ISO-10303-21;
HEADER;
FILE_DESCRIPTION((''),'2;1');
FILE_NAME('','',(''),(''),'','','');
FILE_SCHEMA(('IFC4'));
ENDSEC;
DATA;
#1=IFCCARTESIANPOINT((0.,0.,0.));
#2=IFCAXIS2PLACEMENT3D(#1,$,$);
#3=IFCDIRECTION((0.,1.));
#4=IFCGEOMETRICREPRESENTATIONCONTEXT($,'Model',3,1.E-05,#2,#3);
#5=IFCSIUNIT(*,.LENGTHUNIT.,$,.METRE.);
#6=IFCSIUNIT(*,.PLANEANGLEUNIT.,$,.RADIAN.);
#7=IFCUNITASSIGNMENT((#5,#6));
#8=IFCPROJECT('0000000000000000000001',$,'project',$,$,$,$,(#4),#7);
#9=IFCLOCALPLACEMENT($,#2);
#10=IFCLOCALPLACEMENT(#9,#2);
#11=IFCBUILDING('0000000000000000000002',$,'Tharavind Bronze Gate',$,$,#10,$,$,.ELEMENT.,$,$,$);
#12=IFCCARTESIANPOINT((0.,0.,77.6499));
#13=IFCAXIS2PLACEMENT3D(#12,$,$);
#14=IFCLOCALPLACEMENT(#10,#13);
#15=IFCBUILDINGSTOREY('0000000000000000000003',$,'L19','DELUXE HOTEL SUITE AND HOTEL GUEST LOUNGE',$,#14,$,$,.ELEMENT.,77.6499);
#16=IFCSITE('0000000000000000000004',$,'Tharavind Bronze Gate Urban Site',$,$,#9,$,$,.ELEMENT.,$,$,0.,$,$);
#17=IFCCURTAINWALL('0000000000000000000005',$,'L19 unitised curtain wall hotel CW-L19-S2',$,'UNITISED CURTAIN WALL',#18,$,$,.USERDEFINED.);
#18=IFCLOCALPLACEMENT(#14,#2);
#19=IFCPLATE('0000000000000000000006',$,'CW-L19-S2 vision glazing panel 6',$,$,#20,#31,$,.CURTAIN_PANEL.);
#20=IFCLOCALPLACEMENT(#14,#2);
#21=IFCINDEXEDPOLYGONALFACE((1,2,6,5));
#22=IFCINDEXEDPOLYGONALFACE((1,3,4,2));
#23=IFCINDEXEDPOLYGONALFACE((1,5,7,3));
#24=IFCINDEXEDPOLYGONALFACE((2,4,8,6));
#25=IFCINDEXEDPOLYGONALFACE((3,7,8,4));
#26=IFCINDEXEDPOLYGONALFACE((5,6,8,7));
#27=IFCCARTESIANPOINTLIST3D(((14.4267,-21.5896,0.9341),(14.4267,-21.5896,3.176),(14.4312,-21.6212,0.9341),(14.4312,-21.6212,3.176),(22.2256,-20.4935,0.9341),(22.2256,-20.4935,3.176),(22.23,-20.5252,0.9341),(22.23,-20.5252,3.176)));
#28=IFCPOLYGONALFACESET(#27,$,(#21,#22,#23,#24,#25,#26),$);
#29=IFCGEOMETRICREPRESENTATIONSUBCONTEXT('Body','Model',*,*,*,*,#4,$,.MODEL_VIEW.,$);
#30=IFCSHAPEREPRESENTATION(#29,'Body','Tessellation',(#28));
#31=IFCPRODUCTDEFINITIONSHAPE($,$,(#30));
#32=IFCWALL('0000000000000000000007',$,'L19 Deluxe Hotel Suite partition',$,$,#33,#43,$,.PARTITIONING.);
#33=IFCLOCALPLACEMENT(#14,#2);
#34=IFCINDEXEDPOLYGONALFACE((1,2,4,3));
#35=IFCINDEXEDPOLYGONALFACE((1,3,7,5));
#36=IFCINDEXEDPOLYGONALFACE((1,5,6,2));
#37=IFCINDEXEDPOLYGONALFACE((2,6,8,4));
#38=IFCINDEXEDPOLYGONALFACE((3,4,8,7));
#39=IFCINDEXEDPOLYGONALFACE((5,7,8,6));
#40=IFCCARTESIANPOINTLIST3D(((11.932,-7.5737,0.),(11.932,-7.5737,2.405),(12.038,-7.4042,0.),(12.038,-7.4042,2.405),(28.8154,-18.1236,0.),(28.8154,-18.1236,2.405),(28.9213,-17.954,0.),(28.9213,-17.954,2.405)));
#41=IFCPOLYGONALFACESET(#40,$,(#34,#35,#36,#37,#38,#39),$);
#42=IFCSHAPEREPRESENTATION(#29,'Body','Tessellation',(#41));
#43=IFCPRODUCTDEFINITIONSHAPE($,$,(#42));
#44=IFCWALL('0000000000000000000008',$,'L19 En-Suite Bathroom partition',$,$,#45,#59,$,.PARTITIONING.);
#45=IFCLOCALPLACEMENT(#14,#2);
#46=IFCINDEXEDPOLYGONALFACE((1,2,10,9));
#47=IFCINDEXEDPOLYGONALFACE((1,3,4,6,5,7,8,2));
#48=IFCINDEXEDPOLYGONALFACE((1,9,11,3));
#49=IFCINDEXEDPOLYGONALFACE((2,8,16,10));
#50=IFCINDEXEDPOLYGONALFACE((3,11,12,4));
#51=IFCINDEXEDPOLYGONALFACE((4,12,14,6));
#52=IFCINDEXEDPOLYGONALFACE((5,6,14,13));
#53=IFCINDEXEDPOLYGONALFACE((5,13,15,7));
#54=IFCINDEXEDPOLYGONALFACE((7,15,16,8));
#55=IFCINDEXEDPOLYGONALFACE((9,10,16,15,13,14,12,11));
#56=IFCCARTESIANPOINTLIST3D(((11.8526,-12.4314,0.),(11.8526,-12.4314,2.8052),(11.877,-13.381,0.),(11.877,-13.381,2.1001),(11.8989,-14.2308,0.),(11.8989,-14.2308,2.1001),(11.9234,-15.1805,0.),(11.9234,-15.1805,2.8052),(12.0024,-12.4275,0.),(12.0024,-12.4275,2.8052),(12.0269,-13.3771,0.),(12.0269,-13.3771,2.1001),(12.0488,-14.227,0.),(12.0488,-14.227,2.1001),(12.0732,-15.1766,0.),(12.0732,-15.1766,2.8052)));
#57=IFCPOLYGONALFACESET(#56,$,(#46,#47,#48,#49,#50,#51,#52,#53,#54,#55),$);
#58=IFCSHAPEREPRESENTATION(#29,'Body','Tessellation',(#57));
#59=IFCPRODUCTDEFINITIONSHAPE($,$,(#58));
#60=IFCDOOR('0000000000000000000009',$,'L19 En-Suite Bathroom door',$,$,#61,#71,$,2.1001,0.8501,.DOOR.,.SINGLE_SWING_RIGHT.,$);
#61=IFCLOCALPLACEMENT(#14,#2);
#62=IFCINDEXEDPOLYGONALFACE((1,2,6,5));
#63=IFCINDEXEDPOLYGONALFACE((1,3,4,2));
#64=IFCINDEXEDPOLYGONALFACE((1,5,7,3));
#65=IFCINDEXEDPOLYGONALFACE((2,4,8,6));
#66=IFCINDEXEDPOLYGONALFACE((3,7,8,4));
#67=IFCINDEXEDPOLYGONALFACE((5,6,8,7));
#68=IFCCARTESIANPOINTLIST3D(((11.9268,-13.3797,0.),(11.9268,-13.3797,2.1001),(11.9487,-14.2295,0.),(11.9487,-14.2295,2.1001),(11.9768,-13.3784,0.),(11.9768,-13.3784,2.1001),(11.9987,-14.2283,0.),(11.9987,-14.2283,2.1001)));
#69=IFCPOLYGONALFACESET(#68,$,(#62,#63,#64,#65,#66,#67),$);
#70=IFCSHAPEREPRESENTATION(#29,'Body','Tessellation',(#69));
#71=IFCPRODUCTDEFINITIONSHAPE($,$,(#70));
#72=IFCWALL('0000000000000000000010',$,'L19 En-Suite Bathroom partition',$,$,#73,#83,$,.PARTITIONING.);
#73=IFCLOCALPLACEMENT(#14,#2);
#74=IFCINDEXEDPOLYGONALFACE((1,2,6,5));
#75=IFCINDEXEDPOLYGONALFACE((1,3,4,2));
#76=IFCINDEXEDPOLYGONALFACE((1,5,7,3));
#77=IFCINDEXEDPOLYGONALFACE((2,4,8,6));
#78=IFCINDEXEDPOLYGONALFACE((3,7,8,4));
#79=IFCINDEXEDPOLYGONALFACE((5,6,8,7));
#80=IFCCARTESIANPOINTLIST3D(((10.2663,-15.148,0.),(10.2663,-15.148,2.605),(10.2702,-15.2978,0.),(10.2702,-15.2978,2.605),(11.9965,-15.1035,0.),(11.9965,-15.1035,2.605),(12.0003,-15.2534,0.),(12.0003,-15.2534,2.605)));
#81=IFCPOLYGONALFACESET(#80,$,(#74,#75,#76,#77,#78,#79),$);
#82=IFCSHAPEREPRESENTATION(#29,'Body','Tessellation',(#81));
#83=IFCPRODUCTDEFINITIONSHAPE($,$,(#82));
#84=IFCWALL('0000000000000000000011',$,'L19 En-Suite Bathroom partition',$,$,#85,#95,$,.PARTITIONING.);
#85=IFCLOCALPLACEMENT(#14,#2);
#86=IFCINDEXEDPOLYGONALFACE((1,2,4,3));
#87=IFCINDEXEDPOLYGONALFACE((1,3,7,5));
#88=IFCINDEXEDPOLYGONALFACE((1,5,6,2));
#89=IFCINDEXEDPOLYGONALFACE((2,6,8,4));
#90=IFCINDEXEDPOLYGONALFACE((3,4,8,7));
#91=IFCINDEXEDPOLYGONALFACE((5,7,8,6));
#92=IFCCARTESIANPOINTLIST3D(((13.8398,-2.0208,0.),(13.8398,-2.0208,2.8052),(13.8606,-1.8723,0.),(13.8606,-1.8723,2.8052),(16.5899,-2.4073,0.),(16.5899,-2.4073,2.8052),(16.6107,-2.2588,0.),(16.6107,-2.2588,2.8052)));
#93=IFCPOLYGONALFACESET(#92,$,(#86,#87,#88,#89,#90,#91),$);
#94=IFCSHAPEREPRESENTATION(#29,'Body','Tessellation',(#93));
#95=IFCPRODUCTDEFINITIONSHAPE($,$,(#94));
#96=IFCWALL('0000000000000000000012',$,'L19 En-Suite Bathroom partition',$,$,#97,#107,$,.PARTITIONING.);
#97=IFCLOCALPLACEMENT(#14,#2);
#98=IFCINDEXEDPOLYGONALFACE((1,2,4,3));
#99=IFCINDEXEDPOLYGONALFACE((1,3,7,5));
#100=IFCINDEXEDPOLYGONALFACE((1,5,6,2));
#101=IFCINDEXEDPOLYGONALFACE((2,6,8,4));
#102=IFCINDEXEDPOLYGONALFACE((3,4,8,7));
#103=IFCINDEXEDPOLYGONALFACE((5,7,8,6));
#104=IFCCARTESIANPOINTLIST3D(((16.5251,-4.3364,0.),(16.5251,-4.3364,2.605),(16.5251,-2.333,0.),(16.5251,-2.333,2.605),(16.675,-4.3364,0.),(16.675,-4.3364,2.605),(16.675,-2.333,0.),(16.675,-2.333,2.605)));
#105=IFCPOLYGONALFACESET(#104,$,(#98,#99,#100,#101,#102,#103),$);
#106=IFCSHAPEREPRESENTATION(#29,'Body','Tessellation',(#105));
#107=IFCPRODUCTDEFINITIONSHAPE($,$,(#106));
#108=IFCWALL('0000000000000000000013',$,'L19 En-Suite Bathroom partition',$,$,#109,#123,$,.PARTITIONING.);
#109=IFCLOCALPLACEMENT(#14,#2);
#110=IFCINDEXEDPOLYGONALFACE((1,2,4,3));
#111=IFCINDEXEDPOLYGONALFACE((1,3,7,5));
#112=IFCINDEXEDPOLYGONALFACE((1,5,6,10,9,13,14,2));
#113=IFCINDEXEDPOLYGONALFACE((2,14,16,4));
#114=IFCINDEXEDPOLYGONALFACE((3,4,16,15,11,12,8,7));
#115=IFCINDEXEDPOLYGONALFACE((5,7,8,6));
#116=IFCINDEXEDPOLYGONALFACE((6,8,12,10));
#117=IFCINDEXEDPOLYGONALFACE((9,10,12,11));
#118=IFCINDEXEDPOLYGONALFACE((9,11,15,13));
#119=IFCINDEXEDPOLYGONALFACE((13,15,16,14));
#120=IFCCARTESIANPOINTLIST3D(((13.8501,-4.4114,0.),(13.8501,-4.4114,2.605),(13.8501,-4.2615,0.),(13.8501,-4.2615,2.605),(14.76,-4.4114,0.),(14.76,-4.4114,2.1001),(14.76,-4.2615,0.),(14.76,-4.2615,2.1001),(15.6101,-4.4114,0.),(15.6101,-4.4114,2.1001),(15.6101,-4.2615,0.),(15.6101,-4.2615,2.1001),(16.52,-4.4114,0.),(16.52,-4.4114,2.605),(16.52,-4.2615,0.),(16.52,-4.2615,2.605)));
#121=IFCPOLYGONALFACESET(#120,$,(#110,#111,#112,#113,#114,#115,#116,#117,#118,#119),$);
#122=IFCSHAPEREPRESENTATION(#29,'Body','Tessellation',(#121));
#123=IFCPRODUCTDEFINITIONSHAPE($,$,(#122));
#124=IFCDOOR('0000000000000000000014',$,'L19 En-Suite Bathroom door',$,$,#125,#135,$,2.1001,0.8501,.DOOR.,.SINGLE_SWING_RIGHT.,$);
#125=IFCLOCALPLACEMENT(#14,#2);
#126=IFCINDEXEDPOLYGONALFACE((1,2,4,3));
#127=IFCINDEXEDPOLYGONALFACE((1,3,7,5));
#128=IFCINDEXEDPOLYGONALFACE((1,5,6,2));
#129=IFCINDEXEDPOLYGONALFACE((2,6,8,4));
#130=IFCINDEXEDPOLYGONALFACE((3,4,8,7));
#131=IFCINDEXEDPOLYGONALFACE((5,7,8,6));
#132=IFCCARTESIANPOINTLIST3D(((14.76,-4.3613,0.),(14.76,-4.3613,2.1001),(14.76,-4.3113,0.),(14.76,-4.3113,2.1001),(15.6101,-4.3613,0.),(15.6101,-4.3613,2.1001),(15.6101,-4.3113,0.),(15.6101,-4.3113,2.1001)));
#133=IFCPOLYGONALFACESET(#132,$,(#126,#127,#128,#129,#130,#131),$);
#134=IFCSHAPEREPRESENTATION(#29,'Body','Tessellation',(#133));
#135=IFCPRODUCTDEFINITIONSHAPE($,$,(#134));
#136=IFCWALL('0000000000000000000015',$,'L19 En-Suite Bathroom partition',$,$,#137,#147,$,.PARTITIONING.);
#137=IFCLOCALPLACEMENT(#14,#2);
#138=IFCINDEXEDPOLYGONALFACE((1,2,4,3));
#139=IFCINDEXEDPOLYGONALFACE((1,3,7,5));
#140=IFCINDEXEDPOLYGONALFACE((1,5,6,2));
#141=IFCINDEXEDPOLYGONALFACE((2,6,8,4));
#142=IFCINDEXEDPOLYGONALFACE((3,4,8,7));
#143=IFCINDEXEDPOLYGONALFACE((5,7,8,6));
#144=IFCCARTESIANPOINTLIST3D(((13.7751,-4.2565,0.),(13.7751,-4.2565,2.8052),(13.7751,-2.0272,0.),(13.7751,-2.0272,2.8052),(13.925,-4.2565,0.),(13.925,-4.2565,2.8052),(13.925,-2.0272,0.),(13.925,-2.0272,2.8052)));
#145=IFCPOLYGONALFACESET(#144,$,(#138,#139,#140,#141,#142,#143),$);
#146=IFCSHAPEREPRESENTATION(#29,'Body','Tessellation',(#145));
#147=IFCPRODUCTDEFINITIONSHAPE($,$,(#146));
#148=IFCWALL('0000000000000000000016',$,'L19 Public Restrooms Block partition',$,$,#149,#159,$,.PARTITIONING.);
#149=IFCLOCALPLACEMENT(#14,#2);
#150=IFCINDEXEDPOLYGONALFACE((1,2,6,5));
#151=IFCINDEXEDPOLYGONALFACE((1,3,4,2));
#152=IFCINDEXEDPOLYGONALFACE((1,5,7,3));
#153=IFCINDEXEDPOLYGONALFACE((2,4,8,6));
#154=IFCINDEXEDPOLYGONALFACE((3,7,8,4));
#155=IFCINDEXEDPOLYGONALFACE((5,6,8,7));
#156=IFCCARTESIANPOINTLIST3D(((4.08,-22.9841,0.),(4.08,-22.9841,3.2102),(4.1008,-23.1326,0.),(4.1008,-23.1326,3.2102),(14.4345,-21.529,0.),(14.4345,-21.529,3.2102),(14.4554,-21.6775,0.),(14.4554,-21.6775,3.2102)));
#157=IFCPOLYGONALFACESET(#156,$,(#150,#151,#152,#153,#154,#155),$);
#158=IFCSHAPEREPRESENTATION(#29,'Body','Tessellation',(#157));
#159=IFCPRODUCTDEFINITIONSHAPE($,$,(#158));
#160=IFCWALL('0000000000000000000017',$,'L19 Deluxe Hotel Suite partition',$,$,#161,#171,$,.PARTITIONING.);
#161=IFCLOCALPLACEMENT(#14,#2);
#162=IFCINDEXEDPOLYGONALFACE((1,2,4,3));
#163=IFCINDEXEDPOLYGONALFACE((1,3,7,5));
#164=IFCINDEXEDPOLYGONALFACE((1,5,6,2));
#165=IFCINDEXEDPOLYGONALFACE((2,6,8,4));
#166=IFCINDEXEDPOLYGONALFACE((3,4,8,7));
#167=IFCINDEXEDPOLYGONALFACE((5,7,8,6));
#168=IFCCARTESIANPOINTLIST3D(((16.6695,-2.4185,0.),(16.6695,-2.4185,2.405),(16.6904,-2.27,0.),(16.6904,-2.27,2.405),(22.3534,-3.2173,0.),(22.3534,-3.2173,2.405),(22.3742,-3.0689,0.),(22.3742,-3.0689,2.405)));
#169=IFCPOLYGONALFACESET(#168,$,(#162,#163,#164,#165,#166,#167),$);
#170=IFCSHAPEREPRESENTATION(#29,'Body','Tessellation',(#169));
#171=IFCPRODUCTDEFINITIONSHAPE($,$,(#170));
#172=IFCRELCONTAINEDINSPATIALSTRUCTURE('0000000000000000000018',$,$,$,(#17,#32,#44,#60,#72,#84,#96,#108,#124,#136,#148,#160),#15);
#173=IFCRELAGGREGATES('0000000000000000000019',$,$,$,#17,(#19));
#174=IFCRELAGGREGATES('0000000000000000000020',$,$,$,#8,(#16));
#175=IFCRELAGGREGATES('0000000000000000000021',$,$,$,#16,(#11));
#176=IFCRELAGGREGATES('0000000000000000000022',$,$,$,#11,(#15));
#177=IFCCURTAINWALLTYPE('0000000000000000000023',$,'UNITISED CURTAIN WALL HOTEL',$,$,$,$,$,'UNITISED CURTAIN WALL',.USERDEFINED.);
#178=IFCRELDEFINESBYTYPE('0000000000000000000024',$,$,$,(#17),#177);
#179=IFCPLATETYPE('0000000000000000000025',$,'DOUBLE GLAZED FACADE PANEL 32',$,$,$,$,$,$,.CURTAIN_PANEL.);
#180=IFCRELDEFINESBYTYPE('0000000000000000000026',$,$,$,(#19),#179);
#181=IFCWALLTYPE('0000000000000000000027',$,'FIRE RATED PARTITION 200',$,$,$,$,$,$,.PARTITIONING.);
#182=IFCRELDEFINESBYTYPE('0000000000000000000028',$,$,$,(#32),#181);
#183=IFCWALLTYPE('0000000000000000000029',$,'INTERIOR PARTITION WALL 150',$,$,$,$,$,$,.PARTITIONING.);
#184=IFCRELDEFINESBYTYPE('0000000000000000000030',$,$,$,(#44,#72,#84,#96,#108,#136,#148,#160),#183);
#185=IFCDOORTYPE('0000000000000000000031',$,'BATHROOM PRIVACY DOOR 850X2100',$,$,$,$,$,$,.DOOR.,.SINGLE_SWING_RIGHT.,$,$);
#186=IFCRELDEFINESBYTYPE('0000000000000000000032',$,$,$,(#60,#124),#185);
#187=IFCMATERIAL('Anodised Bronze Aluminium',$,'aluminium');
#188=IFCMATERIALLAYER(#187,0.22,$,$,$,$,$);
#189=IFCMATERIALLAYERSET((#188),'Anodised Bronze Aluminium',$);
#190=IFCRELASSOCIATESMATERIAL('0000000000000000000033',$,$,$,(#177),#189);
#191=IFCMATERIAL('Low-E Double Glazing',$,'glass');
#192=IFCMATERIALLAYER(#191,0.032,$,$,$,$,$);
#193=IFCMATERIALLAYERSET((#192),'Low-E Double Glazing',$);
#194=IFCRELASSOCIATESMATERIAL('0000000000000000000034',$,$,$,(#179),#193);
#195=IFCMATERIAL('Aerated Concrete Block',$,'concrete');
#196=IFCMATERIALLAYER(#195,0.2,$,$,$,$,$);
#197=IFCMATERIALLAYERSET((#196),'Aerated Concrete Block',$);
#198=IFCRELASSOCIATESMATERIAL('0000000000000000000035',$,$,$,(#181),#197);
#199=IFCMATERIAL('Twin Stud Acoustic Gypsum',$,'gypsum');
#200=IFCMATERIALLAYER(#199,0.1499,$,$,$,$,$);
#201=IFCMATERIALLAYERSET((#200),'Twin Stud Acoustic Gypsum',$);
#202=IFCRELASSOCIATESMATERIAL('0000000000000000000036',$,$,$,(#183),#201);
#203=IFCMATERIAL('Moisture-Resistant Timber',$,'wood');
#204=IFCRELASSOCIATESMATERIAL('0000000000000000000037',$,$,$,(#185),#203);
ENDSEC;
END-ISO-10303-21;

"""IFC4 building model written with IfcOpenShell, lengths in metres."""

from ifc_helpers import new_model, si_unit, direction, frame, frame_2d, origin, origin_2d, place, context, subcontext, project, spatial, rectangle, extrude, material, layer, layer_set, type_object, element, fill, aggregate, save


model = new_model("IFC4")

# Units and contexts
model_context = context("Model", 3, precision=1e-05, world=origin(), true_north=direction((0.0, 1.0)))
body_context = subcontext(model_context, "Body", "Model", "MODEL_VIEW")
ifc_project = project(units=[si_unit("LENGTHUNIT", "METRE"), si_unit("PLANEANGLEUNIT", "RADIAN")], contexts=[model_context])

# Site, building, storey
site_placement = place(None, origin())
site = spatial("IfcSite", under=ifc_project, at=site_placement, Name="Tharavind Bronze Gate Urban Site", CompositionType="ELEMENT", RefElevation=0.0)
building_placement = place(site_placement, origin())
building = spatial("IfcBuilding", under=site, at=building_placement, Name="Tharavind Bronze Gate", CompositionType="ELEMENT")
storey_placement = place(building_placement, frame((0.0, 0.0, 77.6499)))
storey = spatial("IfcBuildingStorey", under=building, at=storey_placement, Name="L19", Description="DELUXE HOTEL SUITE AND HOTEL GUEST LOUNGE", CompositionType="ELEMENT", Elevation=77.6499)

# Curtain wall
ifc_material_1 = material(Name="Anodised Bronze Aluminium", Category="aluminium")
ifc_layer_1 = layer(ifc_material_1, 0.22)
ifc_layer_set_1 = layer_set([ifc_layer_1], Name="Anodised Bronze Aluminium")
curtain_wall_type = type_object("IfcCurtainWallType", Name="UNITISED CURTAIN WALL HOTEL", ElementType="UNITISED CURTAIN WALL", PredefinedType="USERDEFINED", material=ifc_layer_set_1)
curtain_wall_1_placement = place(storey_placement, origin())
curtain_wall_1 = element("IfcCurtainWall", 1, at=curtain_wall_1_placement, inside=storey, type_object=curtain_wall_type, Name="L19 unitised curtain wall hotel CW-L19-S2", ObjectType="UNITISED CURTAIN WALL", PredefinedType="USERDEFINED")

# Plate
ifc_material_2 = material(Name="Low-E Double Glazing", Category="glass")
ifc_layer_2 = layer(ifc_material_2, 0.032)
ifc_layer_set_2 = layer_set([ifc_layer_2], Name="Low-E Double Glazing")
plate_type_1 = type_object("IfcPlateType", Name="DOUBLE GLAZED FACADE PANEL 32", PredefinedType="CURTAIN_PANEL", material=ifc_layer_set_2)
plate_1_placement = place(storey_placement, frame((18.3284, -21.0574, 0.9341), z_axis=(0.0, 0.0, 1.0), x_axis=(0.990268, 0.139173, 0.0)))
plate_1 = element("IfcPlate", 2, at=plate_1_placement, type_object=plate_type_1, Name="CW-L19-S2 vision glazing panel 6", PredefinedType="CURTAIN_PANEL", context=body_context, shape_type="SweptSolid", body=[
    extrude(rectangle(XDim=7.8755, YDim=0.032, at=origin_2d()), origin(), (0.0, 0.0, 1.0), 2.2419),
])
aggregate(curtain_wall_1, [plate_1])

# Wall
ifc_material_3 = material(Name="Aerated Concrete Block", Category="concrete")
ifc_layer_3 = layer(ifc_material_3, 0.2)
ifc_layer_set_3 = layer_set([ifc_layer_3], Name="Aerated Concrete Block")
wall_type_1 = type_object("IfcWallType", Name="FIRE RATED PARTITION 200", PredefinedType="PARTITIONING", material=ifc_layer_set_3)
wall_1_placement = place(storey_placement, frame((11.9851, -7.489, 0.0), z_axis=(0.0, 0.0, 1.0), x_axis=(0.848049, -0.529917, 0.0)))
element("IfcWall", 3, at=wall_1_placement, inside=storey, type_object=wall_type_1, Name="L19 Deluxe Hotel Suite partition", PredefinedType="PARTITIONING", context=body_context, shape_type="SweptSolid", body=[
    extrude(rectangle(XDim=19.9084, YDim=0.2, at=frame_2d((9.9541, 0.0))), origin(), (0.0, 0.0, 1.0), 2.405),
])

# Wall, opening, door
ifc_material_4 = material(Name="Twin Stud Acoustic Gypsum", Category="gypsum")
ifc_layer_4 = layer(ifc_material_4, 0.1499)
ifc_layer_set_4 = layer_set([ifc_layer_4], Name="Twin Stud Acoustic Gypsum")
wall_type_2 = type_object("IfcWallType", Name="INTERIOR PARTITION WALL 150", PredefinedType="PARTITIONING", material=ifc_layer_set_4)
wall_2_placement = place(storey_placement, frame((11.9275, -12.4294, 0.0), z_axis=(0.0, 0.0, 1.0), x_axis=(0.025746, -0.999669, 0.0)))
wall_2 = element("IfcWall", 4, at=wall_2_placement, inside=storey, type_object=wall_type_2, Name="L19 En-Suite Bathroom partition", PredefinedType="PARTITIONING", context=body_context, shape_type="SweptSolid", body=[
    extrude(rectangle(XDim=2.75, YDim=0.1499, at=frame_2d((1.375, 0.0))), origin(), (0.0, 0.0, 1.0), 2.8052),
])
opening_1_placement = place(wall_2_placement, frame((0.95, 0.0, 0.0)))
opening_1 = element("IfcOpeningElement", 5, at=opening_1_placement, cuts=wall_2, PredefinedType="OPENING", context=body_context, shape_type="SweptSolid", body=[
    extrude(rectangle(XDim=0.8501, YDim=2.1001, at=frame_2d((0.425, 1.05))), frame((0.0, 0.085, 0.0), z_axis=(0.0, -1.0, 0.0), x_axis=(1.0, 0.0, 0.0)), (0.0, 0.0, 1.0), 0.1699),
])
ifc_material_5 = material(Name="Moisture-Resistant Timber", Category="wood")
door_type_1 = type_object("IfcDoorType", Name="BATHROOM PRIVACY DOOR 850X2100", OperationType="SINGLE_SWING_RIGHT", PredefinedType="DOOR", material=ifc_material_5)
door_1_placement = place(opening_1_placement, origin())
door_1 = element("IfcDoor", 6, at=door_1_placement, inside=storey, type_object=door_type_1, Name="L19 En-Suite Bathroom door", OperationType="SINGLE_SWING_RIGHT", OverallHeight=2.1001, OverallWidth=0.8501, PredefinedType="DOOR", context=body_context, shape_type="SweptSolid", body=[
    extrude(rectangle(XDim=0.8501, YDim=2.1001, at=frame_2d((0.425, 1.05))), frame((0.0, 0.0249, 0.0), z_axis=(0.0, -1.0, 0.0), x_axis=(1.0, 0.0, 0.0)), (0.0, 0.0, 1.0), 0.05),
])
fill(opening_1, door_1)

# Walls
wall_3_placement = place(storey_placement, frame((11.9983, -15.1785, 0.0), z_axis=(0.0, 0.0, 1.0), x_axis=(-0.99967, -0.025672, 0.0)))
element("IfcWall", 7, at=wall_3_placement, inside=storey, type_object=wall_type_2, Name="L19 En-Suite Bathroom partition", PredefinedType="PARTITIONING", context=body_context, shape_type="SweptSolid", body=[
    extrude(rectangle(XDim=1.7307, YDim=0.1499, at=frame_2d((0.8652, 0.0))), origin(), (0.0, 0.0, 1.0), 2.605),
])
wall_4_placement = place(storey_placement, frame((13.8501, -1.9465, 0.0), z_axis=(0.0, 0.0, 1.0), x_axis=(0.990269, -0.139169, 0.0)))
element("IfcWall", 8, at=wall_4_placement, inside=storey, type_object=wall_type_2, Name="L19 En-Suite Bathroom partition", PredefinedType="PARTITIONING", context=body_context, shape_type="SweptSolid", body=[
    extrude(rectangle(XDim=2.7771, YDim=0.1499, at=frame_2d((1.3887, 0.0))), origin(), (0.0, 0.0, 1.0), 2.8052),
])
wall_5_placement = place(storey_placement, frame((16.6001, -2.333, 0.0), z_axis=(0.0, 0.0, 1.0), x_axis=(0.0, -1.0, 0.0)))
element("IfcWall", 9, at=wall_5_placement, inside=storey, type_object=wall_type_2, Name="L19 En-Suite Bathroom partition", PredefinedType="PARTITIONING", context=body_context, shape_type="SweptSolid", body=[
    extrude(rectangle(XDim=2.0034, YDim=0.1499, at=frame_2d((1.0017, 0.0))), origin(), (0.0, 0.0, 1.0), 2.605),
])

# Wall, opening, door
wall_6_placement = place(storey_placement, frame((16.52, -4.3364, 0.0), z_axis=(0.0, 0.0, 1.0), x_axis=(-1.0, 0.0, 0.0)))
wall_6 = element("IfcWall", 10, at=wall_6_placement, inside=storey, type_object=wall_type_2, Name="L19 En-Suite Bathroom partition", PredefinedType="PARTITIONING", context=body_context, shape_type="SweptSolid", body=[
    extrude(rectangle(XDim=2.6699, YDim=0.1499, at=frame_2d((1.335, 0.0))), origin(), (0.0, 0.0, 1.0), 2.605),
])
opening_2_placement = place(wall_6_placement, frame((0.9099, 0.0, 0.0)))
opening_2 = element("IfcOpeningElement", 11, at=opening_2_placement, cuts=wall_6, PredefinedType="OPENING", context=body_context, shape_type="SweptSolid", body=[
    extrude(rectangle(XDim=0.8501, YDim=2.1001, at=frame_2d((0.425, 1.05))), frame((0.0, 0.085, 0.0), z_axis=(0.0, -1.0, 0.0), x_axis=(1.0, 0.0, 0.0)), (0.0, 0.0, 1.0), 0.1699),
])
door_2_placement = place(opening_2_placement, origin())
door_2 = element("IfcDoor", 12, at=door_2_placement, inside=storey, type_object=door_type_1, Name="L19 En-Suite Bathroom door", OperationType="SINGLE_SWING_RIGHT", OverallHeight=2.1001, OverallWidth=0.8501, PredefinedType="DOOR", context=body_context, shape_type="SweptSolid", body=[
    extrude(rectangle(XDim=0.8501, YDim=2.1001, at=frame_2d((0.425, 1.05))), frame((0.0, 0.0249, 0.0), z_axis=(0.0, -1.0, 0.0), x_axis=(1.0, 0.0, 0.0)), (0.0, 0.0, 1.0), 0.05),
])
fill(opening_2, door_2)

# Walls
wall_7_placement = place(storey_placement, frame((13.8501, -4.2566, 0.0), z_axis=(0.0, 0.0, 1.0), x_axis=(0.0, 1.0, 0.0)))
element("IfcWall", 13, at=wall_7_placement, inside=storey, type_object=wall_type_2, Name="L19 En-Suite Bathroom partition", PredefinedType="PARTITIONING", context=body_context, shape_type="SweptSolid", body=[
    extrude(rectangle(XDim=2.2292, YDim=0.1499, at=frame_2d((1.1147, 0.0))), origin(), (0.0, 0.0, 1.0), 2.8052),
])
wall_8_placement = place(storey_placement, frame((14.4448, -21.6033, 0.0), z_axis=(0.0, 0.0, 1.0), x_axis=(-0.99027, -0.139159, 0.0)))
element("IfcWall", 14, at=wall_8_placement, inside=storey, type_object=wall_type_2, Name="L19 Public Restrooms Block partition", PredefinedType="PARTITIONING", context=body_context, shape_type="SweptSolid", body=[
    extrude(rectangle(XDim=10.4563, YDim=0.1499, at=frame_2d((5.228, 0.0))), origin(), (0.0, 0.0, 1.0), 3.2102),
])
wall_9_placement = place(storey_placement, frame((16.6799, -2.3442, 0.0), z_axis=(0.0, 0.0, 1.0), x_axis=(0.990268, -0.139176, 0.0)))
element("IfcWall", 15, at=wall_9_placement, inside=storey, type_object=wall_type_2, Name="L19 Deluxe Hotel Suite partition", PredefinedType="PARTITIONING", context=body_context, shape_type="SweptSolid", body=[
    extrude(rectangle(XDim=5.7397, YDim=0.1499, at=frame_2d((2.8699, 0.0))), origin(), (0.0, 0.0, 1.0), 2.405),
])

save(model, "model.ifc")
